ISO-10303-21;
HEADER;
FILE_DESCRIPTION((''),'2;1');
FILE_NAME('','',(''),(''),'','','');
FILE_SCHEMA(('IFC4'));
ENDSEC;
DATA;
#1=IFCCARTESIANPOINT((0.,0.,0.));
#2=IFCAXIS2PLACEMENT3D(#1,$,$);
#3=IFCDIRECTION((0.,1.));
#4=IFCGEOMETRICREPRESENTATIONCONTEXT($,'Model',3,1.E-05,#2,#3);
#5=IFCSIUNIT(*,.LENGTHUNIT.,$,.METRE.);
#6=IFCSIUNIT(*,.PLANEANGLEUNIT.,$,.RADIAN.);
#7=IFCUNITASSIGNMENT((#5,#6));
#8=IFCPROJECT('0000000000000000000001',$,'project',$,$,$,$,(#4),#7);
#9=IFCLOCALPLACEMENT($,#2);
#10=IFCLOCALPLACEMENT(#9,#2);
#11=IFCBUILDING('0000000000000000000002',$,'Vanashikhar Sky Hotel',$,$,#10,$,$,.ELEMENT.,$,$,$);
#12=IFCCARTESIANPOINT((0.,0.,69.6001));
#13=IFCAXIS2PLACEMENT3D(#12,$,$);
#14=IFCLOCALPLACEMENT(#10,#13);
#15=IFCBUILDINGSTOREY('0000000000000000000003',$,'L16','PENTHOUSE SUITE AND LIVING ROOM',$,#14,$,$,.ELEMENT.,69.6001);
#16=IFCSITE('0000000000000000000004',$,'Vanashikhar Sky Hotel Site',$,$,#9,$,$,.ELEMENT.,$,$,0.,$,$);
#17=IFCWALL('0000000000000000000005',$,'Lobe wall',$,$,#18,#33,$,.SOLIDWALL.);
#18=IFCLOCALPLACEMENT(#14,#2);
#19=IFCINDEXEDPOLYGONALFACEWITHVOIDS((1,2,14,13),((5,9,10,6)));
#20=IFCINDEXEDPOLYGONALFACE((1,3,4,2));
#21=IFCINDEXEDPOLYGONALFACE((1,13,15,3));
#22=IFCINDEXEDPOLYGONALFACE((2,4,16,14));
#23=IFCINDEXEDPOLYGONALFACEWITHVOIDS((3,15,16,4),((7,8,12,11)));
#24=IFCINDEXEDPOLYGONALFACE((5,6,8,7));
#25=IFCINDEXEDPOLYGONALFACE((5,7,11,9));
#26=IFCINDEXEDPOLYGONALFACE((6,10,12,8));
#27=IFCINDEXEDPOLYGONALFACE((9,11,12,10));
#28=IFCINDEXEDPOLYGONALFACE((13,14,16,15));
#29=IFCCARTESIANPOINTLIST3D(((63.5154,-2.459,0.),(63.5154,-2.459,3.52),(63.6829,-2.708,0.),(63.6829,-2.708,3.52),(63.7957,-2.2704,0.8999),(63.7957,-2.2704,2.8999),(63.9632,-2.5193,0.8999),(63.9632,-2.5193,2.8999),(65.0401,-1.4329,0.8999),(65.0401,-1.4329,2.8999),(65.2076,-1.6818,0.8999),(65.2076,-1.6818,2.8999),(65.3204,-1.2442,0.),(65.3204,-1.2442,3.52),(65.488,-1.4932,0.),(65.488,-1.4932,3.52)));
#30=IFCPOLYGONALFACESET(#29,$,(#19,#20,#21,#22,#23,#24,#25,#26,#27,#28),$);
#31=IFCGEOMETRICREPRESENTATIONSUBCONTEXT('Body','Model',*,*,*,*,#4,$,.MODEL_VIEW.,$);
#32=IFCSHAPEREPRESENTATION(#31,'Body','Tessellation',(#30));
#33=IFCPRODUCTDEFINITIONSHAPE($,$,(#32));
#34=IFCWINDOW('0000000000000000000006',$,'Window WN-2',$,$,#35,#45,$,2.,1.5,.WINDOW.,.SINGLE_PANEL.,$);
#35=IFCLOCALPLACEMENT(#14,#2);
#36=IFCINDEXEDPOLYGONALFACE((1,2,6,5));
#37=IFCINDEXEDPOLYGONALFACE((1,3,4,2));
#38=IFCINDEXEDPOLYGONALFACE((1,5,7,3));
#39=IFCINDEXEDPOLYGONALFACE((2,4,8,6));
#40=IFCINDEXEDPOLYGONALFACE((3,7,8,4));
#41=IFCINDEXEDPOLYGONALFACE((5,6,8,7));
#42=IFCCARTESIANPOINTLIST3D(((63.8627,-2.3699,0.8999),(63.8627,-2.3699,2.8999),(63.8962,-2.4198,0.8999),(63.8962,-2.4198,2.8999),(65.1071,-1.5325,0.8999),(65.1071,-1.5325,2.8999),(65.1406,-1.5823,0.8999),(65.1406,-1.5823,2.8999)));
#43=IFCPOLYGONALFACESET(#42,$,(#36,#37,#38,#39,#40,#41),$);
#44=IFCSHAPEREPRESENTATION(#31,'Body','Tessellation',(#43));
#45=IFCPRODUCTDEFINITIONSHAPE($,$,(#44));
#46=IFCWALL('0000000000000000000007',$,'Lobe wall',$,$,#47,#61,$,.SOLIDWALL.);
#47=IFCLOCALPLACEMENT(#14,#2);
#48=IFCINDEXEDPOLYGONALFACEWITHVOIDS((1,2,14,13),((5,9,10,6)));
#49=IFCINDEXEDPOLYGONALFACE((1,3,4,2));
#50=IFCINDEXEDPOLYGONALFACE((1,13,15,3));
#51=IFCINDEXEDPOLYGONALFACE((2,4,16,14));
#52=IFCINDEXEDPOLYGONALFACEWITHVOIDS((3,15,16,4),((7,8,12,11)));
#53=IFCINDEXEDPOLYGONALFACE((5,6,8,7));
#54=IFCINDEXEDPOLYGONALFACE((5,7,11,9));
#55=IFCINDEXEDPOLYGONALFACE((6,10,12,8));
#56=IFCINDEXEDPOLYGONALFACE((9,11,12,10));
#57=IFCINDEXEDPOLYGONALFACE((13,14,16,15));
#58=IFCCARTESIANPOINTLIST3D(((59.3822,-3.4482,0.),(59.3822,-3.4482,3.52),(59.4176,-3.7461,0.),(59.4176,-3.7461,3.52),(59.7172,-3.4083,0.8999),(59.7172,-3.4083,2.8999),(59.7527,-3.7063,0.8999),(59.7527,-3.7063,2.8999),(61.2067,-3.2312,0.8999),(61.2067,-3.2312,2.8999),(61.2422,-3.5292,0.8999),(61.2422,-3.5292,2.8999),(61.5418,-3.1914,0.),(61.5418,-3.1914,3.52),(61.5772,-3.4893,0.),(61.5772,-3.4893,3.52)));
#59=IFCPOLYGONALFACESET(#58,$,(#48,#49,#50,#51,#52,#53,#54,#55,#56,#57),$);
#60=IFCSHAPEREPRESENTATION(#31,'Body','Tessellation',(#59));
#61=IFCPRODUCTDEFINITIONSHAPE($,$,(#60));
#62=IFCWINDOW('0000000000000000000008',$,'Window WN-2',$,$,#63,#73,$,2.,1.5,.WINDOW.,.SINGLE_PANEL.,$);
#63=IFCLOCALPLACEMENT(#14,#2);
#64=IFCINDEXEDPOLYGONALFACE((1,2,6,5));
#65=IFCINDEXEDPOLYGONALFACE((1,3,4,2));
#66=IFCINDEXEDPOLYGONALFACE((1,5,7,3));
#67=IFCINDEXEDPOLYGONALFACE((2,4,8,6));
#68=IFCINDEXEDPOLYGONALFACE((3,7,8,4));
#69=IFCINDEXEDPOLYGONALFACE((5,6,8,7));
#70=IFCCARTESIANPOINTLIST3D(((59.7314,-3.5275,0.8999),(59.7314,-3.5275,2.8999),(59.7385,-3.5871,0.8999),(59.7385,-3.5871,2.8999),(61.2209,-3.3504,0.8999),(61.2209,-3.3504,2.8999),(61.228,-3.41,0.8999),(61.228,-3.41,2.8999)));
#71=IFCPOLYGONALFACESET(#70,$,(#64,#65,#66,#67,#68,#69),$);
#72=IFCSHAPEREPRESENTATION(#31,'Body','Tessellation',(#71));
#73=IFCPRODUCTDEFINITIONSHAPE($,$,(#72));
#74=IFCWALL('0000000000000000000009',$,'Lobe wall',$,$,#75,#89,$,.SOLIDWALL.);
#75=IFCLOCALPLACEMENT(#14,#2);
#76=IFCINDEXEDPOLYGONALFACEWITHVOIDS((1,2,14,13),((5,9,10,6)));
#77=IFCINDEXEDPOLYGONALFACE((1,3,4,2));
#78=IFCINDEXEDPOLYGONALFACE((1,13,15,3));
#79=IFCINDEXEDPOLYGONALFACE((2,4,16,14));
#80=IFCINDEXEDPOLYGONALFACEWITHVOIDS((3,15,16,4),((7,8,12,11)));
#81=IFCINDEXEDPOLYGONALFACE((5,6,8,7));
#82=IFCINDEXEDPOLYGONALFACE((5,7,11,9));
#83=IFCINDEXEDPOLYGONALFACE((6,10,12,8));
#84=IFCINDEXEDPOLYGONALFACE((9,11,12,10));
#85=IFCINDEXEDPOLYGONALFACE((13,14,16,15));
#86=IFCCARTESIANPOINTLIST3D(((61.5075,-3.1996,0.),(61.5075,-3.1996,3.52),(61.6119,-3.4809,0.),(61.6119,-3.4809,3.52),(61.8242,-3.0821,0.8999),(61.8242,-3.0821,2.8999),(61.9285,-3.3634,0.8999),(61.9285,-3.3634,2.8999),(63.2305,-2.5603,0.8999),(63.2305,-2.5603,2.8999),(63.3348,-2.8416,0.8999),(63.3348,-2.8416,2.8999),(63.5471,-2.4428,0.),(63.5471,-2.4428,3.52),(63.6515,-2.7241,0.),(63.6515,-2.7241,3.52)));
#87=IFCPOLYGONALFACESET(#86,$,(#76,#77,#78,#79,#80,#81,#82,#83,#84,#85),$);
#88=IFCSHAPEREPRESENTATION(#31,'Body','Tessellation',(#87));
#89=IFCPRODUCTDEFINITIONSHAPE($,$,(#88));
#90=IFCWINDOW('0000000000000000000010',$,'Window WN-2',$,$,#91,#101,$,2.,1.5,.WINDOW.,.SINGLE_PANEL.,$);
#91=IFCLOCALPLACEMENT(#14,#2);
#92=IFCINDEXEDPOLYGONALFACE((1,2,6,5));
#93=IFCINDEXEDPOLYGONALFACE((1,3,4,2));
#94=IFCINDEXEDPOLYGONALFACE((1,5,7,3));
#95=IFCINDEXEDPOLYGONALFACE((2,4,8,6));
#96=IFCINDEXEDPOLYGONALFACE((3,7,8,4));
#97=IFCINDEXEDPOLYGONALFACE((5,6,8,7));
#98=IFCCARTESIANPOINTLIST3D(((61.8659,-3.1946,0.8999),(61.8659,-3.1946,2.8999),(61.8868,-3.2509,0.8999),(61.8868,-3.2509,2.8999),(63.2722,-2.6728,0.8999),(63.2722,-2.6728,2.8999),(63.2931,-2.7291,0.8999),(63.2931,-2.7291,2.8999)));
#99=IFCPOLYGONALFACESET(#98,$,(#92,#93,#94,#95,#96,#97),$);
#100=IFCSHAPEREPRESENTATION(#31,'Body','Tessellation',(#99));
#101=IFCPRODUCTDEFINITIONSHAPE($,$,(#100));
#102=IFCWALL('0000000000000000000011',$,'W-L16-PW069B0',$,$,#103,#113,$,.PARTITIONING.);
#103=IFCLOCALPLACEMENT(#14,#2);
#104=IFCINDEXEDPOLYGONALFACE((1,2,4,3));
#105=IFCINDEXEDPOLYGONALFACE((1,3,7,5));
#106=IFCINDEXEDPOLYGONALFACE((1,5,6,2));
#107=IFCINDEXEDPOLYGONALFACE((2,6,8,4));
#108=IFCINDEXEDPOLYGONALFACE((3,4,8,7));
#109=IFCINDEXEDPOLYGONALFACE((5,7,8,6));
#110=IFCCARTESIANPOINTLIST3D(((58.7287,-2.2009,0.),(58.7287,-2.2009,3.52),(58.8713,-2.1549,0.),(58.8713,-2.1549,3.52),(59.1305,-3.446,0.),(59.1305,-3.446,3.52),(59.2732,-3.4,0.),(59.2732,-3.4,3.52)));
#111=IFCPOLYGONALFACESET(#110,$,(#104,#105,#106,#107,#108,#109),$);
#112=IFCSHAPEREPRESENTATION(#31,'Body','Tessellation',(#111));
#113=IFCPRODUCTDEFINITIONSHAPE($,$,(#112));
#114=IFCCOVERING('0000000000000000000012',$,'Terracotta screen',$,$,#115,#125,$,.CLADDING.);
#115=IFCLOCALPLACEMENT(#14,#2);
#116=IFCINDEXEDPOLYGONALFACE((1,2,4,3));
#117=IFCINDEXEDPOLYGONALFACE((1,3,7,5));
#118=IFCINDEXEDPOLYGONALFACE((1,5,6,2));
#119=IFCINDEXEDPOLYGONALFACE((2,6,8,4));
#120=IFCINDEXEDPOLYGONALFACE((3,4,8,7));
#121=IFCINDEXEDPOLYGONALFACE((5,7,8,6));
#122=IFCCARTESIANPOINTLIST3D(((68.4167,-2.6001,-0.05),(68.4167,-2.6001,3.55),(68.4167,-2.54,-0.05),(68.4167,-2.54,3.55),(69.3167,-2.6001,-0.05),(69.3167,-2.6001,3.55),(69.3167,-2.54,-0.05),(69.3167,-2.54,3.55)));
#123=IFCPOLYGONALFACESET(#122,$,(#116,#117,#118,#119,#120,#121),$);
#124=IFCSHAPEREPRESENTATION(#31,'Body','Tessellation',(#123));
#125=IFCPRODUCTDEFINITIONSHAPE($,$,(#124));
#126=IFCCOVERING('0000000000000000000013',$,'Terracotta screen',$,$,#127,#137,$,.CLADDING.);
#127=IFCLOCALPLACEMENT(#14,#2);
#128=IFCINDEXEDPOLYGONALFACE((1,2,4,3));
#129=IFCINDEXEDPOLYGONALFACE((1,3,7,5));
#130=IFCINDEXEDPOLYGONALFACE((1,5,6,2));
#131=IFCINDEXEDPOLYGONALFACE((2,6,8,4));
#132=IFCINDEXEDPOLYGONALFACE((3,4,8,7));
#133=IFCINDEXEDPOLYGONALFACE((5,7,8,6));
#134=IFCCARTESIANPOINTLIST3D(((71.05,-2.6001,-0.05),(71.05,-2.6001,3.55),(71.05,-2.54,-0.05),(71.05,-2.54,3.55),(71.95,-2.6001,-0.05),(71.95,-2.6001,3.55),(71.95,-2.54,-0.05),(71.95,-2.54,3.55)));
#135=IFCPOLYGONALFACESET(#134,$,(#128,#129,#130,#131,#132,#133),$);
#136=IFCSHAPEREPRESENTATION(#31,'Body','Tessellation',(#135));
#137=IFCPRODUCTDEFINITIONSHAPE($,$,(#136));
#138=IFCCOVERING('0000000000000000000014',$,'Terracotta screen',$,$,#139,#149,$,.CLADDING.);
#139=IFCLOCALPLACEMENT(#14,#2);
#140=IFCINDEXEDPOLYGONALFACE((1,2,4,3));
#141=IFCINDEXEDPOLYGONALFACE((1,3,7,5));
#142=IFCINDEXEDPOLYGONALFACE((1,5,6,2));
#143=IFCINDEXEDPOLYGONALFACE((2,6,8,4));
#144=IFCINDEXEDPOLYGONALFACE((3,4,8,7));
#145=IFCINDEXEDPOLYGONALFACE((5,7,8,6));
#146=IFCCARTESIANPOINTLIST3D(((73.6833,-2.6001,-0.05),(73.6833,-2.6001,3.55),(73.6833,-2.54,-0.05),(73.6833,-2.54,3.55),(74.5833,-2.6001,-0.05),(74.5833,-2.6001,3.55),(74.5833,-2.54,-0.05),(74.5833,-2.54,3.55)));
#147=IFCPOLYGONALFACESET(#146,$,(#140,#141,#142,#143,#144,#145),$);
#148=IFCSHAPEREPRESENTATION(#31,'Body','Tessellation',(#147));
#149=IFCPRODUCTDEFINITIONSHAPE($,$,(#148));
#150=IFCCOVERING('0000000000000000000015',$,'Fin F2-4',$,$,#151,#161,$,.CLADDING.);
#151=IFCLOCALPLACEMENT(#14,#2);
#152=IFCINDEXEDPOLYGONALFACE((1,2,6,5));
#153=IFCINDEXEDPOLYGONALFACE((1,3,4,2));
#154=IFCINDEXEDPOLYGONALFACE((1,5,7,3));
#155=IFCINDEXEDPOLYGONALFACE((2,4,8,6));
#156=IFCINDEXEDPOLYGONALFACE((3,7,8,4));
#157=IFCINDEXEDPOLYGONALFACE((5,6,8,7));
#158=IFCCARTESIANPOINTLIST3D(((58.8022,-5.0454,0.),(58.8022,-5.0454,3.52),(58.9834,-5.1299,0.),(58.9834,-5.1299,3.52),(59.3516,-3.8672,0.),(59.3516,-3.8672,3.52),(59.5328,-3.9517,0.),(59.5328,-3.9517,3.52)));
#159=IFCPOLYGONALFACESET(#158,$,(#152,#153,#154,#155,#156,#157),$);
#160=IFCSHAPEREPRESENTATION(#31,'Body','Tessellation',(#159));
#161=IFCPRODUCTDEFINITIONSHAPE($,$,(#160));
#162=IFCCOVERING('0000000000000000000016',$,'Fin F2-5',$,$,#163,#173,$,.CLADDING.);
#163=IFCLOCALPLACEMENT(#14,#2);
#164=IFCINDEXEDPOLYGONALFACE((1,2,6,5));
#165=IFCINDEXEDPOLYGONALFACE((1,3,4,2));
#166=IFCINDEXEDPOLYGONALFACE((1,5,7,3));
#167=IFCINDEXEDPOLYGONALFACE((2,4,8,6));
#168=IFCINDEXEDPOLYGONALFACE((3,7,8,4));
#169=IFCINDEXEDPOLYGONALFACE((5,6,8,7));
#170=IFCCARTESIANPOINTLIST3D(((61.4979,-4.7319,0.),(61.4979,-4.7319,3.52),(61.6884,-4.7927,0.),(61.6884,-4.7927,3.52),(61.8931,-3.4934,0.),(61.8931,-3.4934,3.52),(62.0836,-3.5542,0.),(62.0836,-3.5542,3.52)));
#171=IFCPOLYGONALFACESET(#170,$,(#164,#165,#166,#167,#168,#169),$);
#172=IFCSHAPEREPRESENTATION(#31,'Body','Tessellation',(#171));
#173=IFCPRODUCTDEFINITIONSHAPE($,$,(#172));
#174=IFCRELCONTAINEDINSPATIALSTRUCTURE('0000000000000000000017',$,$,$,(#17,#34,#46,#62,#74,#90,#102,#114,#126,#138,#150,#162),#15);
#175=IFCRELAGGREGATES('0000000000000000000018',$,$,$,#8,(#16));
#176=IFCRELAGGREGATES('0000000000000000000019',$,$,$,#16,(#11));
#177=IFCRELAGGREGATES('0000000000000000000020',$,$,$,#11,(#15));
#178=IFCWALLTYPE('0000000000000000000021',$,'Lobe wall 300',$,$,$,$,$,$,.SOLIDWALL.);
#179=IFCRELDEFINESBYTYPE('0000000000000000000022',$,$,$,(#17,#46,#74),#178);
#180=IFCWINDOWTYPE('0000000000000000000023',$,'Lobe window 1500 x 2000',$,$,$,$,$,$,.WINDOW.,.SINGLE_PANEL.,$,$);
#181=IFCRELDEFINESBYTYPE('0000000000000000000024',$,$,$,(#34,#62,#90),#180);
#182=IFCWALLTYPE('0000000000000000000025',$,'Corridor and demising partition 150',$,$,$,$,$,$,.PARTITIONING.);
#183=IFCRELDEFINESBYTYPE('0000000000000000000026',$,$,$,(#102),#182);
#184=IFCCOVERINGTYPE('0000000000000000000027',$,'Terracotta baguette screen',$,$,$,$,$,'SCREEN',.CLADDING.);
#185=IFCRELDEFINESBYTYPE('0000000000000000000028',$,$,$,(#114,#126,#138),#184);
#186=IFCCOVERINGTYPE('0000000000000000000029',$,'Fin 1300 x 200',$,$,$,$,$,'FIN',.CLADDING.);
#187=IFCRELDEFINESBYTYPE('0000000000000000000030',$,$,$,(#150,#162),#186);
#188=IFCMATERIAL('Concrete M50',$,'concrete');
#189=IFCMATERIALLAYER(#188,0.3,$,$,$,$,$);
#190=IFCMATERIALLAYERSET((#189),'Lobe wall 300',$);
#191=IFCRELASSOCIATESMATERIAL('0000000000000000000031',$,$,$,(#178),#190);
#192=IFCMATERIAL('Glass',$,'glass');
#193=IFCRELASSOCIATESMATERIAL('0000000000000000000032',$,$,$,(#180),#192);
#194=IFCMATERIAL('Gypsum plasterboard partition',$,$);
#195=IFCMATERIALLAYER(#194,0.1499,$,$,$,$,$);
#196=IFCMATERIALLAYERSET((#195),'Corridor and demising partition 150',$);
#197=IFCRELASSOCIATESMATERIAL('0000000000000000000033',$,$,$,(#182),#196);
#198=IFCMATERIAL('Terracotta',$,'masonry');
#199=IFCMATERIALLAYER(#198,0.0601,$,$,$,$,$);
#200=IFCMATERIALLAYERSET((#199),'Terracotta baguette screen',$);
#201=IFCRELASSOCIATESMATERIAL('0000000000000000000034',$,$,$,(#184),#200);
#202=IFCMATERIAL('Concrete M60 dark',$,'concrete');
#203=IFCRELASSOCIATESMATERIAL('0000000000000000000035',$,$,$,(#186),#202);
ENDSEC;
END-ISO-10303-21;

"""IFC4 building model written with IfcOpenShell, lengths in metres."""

from ifc_helpers import new_model, si_unit, direction, frame, frame_2d, origin, origin_2d, place, context, subcontext, project, spatial, rectangle, extrude, source, transform, mapped, material, layer, layer_set, material_profile, profile_set, type_object, element, fill, save


model = new_model("IFC4")

# Units and contexts
model_context = context("Model", 3, precision=1e-05, world=origin(), true_north=direction((0.0, 1.0)))
body_context = subcontext(model_context, "Body", "Model", "MODEL_VIEW")
ifc_project = project(units=[si_unit("LENGTHUNIT", "METRE"), si_unit("PLANEANGLEUNIT", "RADIAN")], contexts=[model_context])

# Site, building, storey
site_placement = place(None, origin())
site = spatial("IfcSite", under=ifc_project, at=site_placement, Name="Vanashikhar Sky Hotel Site", CompositionType="ELEMENT", RefElevation=0.0)
building_placement = place(site_placement, origin())
building = spatial("IfcBuilding", under=site, at=building_placement, Name="Vanashikhar Sky Hotel", CompositionType="ELEMENT")
storey_placement = place(building_placement, frame((0.0, 0.0, 69.6001)))
storey = spatial("IfcBuildingStorey", under=building, at=storey_placement, Name="L16", Description="PENTHOUSE SUITE AND LIVING ROOM", CompositionType="ELEMENT", Elevation=69.6001)

# Walls, openings, windows
ifc_material_1 = material(Name="Concrete M50", Category="concrete")
ifc_layer_1 = layer(ifc_material_1, 0.3)
ifc_layer_set_1 = layer_set([ifc_layer_1], Name="Lobe wall 300")
wall_type_1 = type_object("IfcWallType", Name="Lobe wall 300", PredefinedType="SOLIDWALL", material=ifc_layer_set_1)
shared_shape_1 = source(origin(), body_context, "Body", "SweptSolid", [
    extrude(rectangle(XDim=2.1758, YDim=0.3, at=frame_2d((1.0879, 0.0))), origin(), (0.0, 0.0, 1.0), 3.52),
])
wall_1_placement = place(storey_placement, frame((63.5991, -2.5835, 0.0), z_axis=(0.0, 0.0, 1.0), x_axis=(0.829626, 0.55832, 0.0)))
wall_1 = element("IfcWall", 1, at=wall_1_placement, inside=storey, type_object=wall_type_1, Name="Lobe wall", PredefinedType="SOLIDWALL", context=body_context, shape_type="MappedRepresentation", body=[
    mapped(shared_shape_1, transform((0.0, 0.0, 0.0), scale=1.0)),
])
shared_shape_2 = source(origin(), body_context, "Body", "SweptSolid", [
    extrude(rectangle(XDim=1.5, YDim=2.0, at=frame_2d((0.75, 1.0))), frame((0.0, 0.1602, 0.0), z_axis=(0.0, -1.0, 0.0), x_axis=(1.0, 0.0, 0.0)), (0.0, 0.0, 1.0), 0.3201),
])
opening_1_placement = place(wall_1_placement, frame((0.3379, 0.0, 0.8999)))
opening_1 = element("IfcOpeningElement", 2, at=opening_1_placement, cuts=wall_1, PredefinedType="OPENING", context=body_context, shape_type="MappedRepresentation", body=[
    mapped(shared_shape_2, transform((0.0, 0.0, 0.0), scale=1.0)),
])
ifc_material_2 = material(Name="Glass", Category="glass")
window_type = type_object("IfcWindowType", Name="Lobe window 1500 x 2000", PartitioningType="SINGLE_PANEL", PredefinedType="WINDOW", material=ifc_material_2)
shared_shape_3 = source(origin(), body_context, "Body", "SweptSolid", [
    extrude(rectangle(XDim=1.5, YDim=2.0, at=frame_2d((0.75, 1.0))), frame((0.0, 0.03, 0.0), z_axis=(0.0, -1.0, 0.0), x_axis=(1.0, 0.0, 0.0)), (0.0, 0.0, 1.0), 0.0601),
])
window_1_placement = place(opening_1_placement, origin())
window_1 = element("IfcWindow", 3, at=window_1_placement, inside=storey, type_object=window_type, Name="Window WN-2", OverallHeight=2.0, OverallWidth=1.5, PartitioningType="SINGLE_PANEL", PredefinedType="WINDOW", context=body_context, shape_type="MappedRepresentation", body=[
    mapped(shared_shape_3, transform((0.0, 0.0, 0.0), scale=1.0)),
])
fill(opening_1, window_1)
shared_shape_4 = source(origin(), body_context, "Body", "SweptSolid", [
    extrude(rectangle(XDim=2.1748, YDim=0.3, at=frame_2d((1.0874, 0.0))), origin(), (0.0, 0.0, 1.0), 3.52),
])
wall_2_placement = place(storey_placement, frame((59.3999, -3.5972, 0.0), z_axis=(0.0, 0.0, 1.0), x_axis=(0.993003, 0.118092, 0.0)))
wall_2 = element("IfcWall", 4, at=wall_2_placement, inside=storey, type_object=wall_type_1, Name="Lobe wall", PredefinedType="SOLIDWALL", context=body_context, shape_type="MappedRepresentation", body=[
    mapped(shared_shape_4, transform((0.0, 0.0, 0.0), scale=1.0)),
])
opening_2_placement = place(wall_2_placement, frame((0.3374, 0.0, 0.8999)))
opening_2 = element("IfcOpeningElement", 5, at=opening_2_placement, cuts=wall_2, PredefinedType="OPENING", context=body_context, shape_type="MappedRepresentation", body=[
    mapped(shared_shape_2, transform((0.0, 0.0, 0.0), scale=1.0)),
])
window_2_placement = place(opening_2_placement, origin())
window_2 = element("IfcWindow", 6, at=window_2_placement, inside=storey, type_object=window_type, Name="Window WN-2", OverallHeight=2.0, OverallWidth=1.5, PartitioningType="SINGLE_PANEL", PredefinedType="WINDOW", context=body_context, shape_type="MappedRepresentation", body=[
    mapped(shared_shape_3, transform((0.0, 0.0, 0.0), scale=1.0)),
])
fill(opening_2, window_2)
shared_shape_5 = source(origin(), body_context, "Body", "SweptSolid", [
    extrude(rectangle(XDim=2.1755, YDim=0.3, at=frame_2d((1.0879, 0.0))), origin(), (0.0, 0.0, 1.0), 3.52),
])
wall_3_placement = place(storey_placement, frame((61.5596, -3.3403, 0.0), z_axis=(0.0, 0.0, 1.0), x_axis=(0.937532, 0.347899, 0.0)))
wall_3 = element("IfcWall", 7, at=wall_3_placement, inside=storey, type_object=wall_type_1, Name="Lobe wall", PredefinedType="SOLIDWALL", context=body_context, shape_type="MappedRepresentation", body=[
    mapped(shared_shape_5, transform((0.0, 0.0, 0.0), scale=1.0)),
])
opening_3_placement = place(wall_3_placement, frame((0.3379, 0.0, 0.8999)))
opening_3 = element("IfcOpeningElement", 8, at=opening_3_placement, cuts=wall_3, PredefinedType="OPENING", context=body_context, shape_type="MappedRepresentation", body=[
    mapped(shared_shape_2, transform((0.0, 0.0, 0.0), scale=1.0)),
])
window_3_placement = place(opening_3_placement, origin())
window_3 = element("IfcWindow", 9, at=window_3_placement, inside=storey, type_object=window_type, Name="Window WN-2", OverallHeight=2.0, OverallWidth=1.5, PartitioningType="SINGLE_PANEL", PredefinedType="WINDOW", context=body_context, shape_type="MappedRepresentation", body=[
    mapped(shared_shape_3, transform((0.0, 0.0, 0.0), scale=1.0)),
])
fill(opening_3, window_3)

# Wall
ifc_material_3 = material(Name="Gypsum plasterboard partition")
ifc_layer_2 = layer(ifc_material_3, 0.1499)
ifc_layer_set_2 = layer_set([ifc_layer_2], Name="Corridor and demising partition 150")
wall_type_2 = type_object("IfcWallType", Name="Corridor and demising partition 150", PredefinedType="PARTITIONING", material=ifc_layer_set_2)
shared_shape_6 = source(origin(), body_context, "Body", "SweptSolid", [
    extrude(rectangle(XDim=1.3083, YDim=0.1499, at=frame_2d((0.6543, 0.0))), origin(), (0.0, 0.0, 1.0), 3.52),
])
wall_4_placement = place(storey_placement, frame((59.2019, -3.4231, 0.0), z_axis=(0.0, 0.0, 1.0), x_axis=(-0.307145, 0.951663, 0.0)))
element("IfcWall", 10, at=wall_4_placement, inside=storey, type_object=wall_type_2, Name="W-L16-PW069B0", PredefinedType="PARTITIONING", context=body_context, shape_type="MappedRepresentation", body=[
    mapped(shared_shape_6, transform((0.0, 0.0, 0.0), scale=1.0)),
])

# Coverings
ifc_material_4 = material(Name="Terracotta", Category="masonry")
ifc_layer_3 = layer(ifc_material_4, 0.0601)
ifc_layer_set_3 = layer_set([ifc_layer_3], Name="Terracotta baguette screen")
covering_type_1 = type_object("IfcCoveringType", Name="Terracotta baguette screen", ElementType="SCREEN", PredefinedType="CLADDING", material=ifc_layer_set_3)
shared_shape_7 = source(origin(), body_context, "Body", "SweptSolid", [
    extrude(rectangle(XDim=0.8999, YDim=0.0601, at=origin_2d()), origin(), (0.0, 0.0, 1.0), 3.6001),
])
for number, where, z_axis, x_axis, name in (
    (11, (68.8667, -2.5701, -0.05), (0.0, 0.0, 1.0), (1.0, 0.0, 0.0), "Terracotta screen"),
    (12, (71.5, -2.5701, -0.05), (0.0, 0.0, 1.0), (1.0, 0.0, 0.0), "Terracotta screen"),
    (13, (74.1333, -2.5701, -0.05), (0.0, 0.0, 1.0), (1.0, 0.0, 0.0), "Terracotta screen"),
):
    element("IfcCovering", number, at=place(storey_placement, frame(where, z_axis=z_axis, x_axis=x_axis)), inside=storey, type_object=covering_type_1, Name=name, PredefinedType="CLADDING", context=body_context, shape_type="MappedRepresentation", body=[
        mapped(shared_shape_7, transform((0.0, 0.0, 0.0), scale=1.0)),
    ])
ifc_material_5 = material(Name="Concrete M60 dark", Category="concrete")
ifc_material_profile = material_profile(ifc_material_5, rectangle(XDim=1.3, YDim=0.2, at=origin_2d()))
ifc_profile_set = profile_set([ifc_material_profile], Name="Fin 1300 x 200")
covering_type_2 = type_object("IfcCoveringType", Name="Fin 1300 x 200", ElementType="FIN", PredefinedType="CLADDING", material=ifc_profile_set)
shared_shape_8 = source(origin(), body_context, "Body", "SweptSolid", [
    extrude(rectangle(XDim=1.3, YDim=0.2, at=origin_2d()), origin(), (0.0, 0.0, 1.0), 3.52),
])
for number, where, z_axis, x_axis, name in (
    (14, (59.1675, -4.4985, 0.0), (0.0, 0.0, 1.0), (-0.422618, -0.906308, 0.0), "Fin F2-4"),
    (15, (61.7908, -4.1431, 0.0), (0.0, 0.0, 1.0), (-0.303967, -0.952683, 0.0), "Fin F2-5"),
):
    element("IfcCovering", number, at=place(storey_placement, frame(where, z_axis=z_axis, x_axis=x_axis)), inside=storey, type_object=covering_type_2, Name=name, PredefinedType="CLADDING", context=body_context, shape_type="MappedRepresentation", body=[
        mapped(shared_shape_8, transform((0.0, 0.0, 0.0), scale=1.0)),
    ])

save(model, "model.ifc")
